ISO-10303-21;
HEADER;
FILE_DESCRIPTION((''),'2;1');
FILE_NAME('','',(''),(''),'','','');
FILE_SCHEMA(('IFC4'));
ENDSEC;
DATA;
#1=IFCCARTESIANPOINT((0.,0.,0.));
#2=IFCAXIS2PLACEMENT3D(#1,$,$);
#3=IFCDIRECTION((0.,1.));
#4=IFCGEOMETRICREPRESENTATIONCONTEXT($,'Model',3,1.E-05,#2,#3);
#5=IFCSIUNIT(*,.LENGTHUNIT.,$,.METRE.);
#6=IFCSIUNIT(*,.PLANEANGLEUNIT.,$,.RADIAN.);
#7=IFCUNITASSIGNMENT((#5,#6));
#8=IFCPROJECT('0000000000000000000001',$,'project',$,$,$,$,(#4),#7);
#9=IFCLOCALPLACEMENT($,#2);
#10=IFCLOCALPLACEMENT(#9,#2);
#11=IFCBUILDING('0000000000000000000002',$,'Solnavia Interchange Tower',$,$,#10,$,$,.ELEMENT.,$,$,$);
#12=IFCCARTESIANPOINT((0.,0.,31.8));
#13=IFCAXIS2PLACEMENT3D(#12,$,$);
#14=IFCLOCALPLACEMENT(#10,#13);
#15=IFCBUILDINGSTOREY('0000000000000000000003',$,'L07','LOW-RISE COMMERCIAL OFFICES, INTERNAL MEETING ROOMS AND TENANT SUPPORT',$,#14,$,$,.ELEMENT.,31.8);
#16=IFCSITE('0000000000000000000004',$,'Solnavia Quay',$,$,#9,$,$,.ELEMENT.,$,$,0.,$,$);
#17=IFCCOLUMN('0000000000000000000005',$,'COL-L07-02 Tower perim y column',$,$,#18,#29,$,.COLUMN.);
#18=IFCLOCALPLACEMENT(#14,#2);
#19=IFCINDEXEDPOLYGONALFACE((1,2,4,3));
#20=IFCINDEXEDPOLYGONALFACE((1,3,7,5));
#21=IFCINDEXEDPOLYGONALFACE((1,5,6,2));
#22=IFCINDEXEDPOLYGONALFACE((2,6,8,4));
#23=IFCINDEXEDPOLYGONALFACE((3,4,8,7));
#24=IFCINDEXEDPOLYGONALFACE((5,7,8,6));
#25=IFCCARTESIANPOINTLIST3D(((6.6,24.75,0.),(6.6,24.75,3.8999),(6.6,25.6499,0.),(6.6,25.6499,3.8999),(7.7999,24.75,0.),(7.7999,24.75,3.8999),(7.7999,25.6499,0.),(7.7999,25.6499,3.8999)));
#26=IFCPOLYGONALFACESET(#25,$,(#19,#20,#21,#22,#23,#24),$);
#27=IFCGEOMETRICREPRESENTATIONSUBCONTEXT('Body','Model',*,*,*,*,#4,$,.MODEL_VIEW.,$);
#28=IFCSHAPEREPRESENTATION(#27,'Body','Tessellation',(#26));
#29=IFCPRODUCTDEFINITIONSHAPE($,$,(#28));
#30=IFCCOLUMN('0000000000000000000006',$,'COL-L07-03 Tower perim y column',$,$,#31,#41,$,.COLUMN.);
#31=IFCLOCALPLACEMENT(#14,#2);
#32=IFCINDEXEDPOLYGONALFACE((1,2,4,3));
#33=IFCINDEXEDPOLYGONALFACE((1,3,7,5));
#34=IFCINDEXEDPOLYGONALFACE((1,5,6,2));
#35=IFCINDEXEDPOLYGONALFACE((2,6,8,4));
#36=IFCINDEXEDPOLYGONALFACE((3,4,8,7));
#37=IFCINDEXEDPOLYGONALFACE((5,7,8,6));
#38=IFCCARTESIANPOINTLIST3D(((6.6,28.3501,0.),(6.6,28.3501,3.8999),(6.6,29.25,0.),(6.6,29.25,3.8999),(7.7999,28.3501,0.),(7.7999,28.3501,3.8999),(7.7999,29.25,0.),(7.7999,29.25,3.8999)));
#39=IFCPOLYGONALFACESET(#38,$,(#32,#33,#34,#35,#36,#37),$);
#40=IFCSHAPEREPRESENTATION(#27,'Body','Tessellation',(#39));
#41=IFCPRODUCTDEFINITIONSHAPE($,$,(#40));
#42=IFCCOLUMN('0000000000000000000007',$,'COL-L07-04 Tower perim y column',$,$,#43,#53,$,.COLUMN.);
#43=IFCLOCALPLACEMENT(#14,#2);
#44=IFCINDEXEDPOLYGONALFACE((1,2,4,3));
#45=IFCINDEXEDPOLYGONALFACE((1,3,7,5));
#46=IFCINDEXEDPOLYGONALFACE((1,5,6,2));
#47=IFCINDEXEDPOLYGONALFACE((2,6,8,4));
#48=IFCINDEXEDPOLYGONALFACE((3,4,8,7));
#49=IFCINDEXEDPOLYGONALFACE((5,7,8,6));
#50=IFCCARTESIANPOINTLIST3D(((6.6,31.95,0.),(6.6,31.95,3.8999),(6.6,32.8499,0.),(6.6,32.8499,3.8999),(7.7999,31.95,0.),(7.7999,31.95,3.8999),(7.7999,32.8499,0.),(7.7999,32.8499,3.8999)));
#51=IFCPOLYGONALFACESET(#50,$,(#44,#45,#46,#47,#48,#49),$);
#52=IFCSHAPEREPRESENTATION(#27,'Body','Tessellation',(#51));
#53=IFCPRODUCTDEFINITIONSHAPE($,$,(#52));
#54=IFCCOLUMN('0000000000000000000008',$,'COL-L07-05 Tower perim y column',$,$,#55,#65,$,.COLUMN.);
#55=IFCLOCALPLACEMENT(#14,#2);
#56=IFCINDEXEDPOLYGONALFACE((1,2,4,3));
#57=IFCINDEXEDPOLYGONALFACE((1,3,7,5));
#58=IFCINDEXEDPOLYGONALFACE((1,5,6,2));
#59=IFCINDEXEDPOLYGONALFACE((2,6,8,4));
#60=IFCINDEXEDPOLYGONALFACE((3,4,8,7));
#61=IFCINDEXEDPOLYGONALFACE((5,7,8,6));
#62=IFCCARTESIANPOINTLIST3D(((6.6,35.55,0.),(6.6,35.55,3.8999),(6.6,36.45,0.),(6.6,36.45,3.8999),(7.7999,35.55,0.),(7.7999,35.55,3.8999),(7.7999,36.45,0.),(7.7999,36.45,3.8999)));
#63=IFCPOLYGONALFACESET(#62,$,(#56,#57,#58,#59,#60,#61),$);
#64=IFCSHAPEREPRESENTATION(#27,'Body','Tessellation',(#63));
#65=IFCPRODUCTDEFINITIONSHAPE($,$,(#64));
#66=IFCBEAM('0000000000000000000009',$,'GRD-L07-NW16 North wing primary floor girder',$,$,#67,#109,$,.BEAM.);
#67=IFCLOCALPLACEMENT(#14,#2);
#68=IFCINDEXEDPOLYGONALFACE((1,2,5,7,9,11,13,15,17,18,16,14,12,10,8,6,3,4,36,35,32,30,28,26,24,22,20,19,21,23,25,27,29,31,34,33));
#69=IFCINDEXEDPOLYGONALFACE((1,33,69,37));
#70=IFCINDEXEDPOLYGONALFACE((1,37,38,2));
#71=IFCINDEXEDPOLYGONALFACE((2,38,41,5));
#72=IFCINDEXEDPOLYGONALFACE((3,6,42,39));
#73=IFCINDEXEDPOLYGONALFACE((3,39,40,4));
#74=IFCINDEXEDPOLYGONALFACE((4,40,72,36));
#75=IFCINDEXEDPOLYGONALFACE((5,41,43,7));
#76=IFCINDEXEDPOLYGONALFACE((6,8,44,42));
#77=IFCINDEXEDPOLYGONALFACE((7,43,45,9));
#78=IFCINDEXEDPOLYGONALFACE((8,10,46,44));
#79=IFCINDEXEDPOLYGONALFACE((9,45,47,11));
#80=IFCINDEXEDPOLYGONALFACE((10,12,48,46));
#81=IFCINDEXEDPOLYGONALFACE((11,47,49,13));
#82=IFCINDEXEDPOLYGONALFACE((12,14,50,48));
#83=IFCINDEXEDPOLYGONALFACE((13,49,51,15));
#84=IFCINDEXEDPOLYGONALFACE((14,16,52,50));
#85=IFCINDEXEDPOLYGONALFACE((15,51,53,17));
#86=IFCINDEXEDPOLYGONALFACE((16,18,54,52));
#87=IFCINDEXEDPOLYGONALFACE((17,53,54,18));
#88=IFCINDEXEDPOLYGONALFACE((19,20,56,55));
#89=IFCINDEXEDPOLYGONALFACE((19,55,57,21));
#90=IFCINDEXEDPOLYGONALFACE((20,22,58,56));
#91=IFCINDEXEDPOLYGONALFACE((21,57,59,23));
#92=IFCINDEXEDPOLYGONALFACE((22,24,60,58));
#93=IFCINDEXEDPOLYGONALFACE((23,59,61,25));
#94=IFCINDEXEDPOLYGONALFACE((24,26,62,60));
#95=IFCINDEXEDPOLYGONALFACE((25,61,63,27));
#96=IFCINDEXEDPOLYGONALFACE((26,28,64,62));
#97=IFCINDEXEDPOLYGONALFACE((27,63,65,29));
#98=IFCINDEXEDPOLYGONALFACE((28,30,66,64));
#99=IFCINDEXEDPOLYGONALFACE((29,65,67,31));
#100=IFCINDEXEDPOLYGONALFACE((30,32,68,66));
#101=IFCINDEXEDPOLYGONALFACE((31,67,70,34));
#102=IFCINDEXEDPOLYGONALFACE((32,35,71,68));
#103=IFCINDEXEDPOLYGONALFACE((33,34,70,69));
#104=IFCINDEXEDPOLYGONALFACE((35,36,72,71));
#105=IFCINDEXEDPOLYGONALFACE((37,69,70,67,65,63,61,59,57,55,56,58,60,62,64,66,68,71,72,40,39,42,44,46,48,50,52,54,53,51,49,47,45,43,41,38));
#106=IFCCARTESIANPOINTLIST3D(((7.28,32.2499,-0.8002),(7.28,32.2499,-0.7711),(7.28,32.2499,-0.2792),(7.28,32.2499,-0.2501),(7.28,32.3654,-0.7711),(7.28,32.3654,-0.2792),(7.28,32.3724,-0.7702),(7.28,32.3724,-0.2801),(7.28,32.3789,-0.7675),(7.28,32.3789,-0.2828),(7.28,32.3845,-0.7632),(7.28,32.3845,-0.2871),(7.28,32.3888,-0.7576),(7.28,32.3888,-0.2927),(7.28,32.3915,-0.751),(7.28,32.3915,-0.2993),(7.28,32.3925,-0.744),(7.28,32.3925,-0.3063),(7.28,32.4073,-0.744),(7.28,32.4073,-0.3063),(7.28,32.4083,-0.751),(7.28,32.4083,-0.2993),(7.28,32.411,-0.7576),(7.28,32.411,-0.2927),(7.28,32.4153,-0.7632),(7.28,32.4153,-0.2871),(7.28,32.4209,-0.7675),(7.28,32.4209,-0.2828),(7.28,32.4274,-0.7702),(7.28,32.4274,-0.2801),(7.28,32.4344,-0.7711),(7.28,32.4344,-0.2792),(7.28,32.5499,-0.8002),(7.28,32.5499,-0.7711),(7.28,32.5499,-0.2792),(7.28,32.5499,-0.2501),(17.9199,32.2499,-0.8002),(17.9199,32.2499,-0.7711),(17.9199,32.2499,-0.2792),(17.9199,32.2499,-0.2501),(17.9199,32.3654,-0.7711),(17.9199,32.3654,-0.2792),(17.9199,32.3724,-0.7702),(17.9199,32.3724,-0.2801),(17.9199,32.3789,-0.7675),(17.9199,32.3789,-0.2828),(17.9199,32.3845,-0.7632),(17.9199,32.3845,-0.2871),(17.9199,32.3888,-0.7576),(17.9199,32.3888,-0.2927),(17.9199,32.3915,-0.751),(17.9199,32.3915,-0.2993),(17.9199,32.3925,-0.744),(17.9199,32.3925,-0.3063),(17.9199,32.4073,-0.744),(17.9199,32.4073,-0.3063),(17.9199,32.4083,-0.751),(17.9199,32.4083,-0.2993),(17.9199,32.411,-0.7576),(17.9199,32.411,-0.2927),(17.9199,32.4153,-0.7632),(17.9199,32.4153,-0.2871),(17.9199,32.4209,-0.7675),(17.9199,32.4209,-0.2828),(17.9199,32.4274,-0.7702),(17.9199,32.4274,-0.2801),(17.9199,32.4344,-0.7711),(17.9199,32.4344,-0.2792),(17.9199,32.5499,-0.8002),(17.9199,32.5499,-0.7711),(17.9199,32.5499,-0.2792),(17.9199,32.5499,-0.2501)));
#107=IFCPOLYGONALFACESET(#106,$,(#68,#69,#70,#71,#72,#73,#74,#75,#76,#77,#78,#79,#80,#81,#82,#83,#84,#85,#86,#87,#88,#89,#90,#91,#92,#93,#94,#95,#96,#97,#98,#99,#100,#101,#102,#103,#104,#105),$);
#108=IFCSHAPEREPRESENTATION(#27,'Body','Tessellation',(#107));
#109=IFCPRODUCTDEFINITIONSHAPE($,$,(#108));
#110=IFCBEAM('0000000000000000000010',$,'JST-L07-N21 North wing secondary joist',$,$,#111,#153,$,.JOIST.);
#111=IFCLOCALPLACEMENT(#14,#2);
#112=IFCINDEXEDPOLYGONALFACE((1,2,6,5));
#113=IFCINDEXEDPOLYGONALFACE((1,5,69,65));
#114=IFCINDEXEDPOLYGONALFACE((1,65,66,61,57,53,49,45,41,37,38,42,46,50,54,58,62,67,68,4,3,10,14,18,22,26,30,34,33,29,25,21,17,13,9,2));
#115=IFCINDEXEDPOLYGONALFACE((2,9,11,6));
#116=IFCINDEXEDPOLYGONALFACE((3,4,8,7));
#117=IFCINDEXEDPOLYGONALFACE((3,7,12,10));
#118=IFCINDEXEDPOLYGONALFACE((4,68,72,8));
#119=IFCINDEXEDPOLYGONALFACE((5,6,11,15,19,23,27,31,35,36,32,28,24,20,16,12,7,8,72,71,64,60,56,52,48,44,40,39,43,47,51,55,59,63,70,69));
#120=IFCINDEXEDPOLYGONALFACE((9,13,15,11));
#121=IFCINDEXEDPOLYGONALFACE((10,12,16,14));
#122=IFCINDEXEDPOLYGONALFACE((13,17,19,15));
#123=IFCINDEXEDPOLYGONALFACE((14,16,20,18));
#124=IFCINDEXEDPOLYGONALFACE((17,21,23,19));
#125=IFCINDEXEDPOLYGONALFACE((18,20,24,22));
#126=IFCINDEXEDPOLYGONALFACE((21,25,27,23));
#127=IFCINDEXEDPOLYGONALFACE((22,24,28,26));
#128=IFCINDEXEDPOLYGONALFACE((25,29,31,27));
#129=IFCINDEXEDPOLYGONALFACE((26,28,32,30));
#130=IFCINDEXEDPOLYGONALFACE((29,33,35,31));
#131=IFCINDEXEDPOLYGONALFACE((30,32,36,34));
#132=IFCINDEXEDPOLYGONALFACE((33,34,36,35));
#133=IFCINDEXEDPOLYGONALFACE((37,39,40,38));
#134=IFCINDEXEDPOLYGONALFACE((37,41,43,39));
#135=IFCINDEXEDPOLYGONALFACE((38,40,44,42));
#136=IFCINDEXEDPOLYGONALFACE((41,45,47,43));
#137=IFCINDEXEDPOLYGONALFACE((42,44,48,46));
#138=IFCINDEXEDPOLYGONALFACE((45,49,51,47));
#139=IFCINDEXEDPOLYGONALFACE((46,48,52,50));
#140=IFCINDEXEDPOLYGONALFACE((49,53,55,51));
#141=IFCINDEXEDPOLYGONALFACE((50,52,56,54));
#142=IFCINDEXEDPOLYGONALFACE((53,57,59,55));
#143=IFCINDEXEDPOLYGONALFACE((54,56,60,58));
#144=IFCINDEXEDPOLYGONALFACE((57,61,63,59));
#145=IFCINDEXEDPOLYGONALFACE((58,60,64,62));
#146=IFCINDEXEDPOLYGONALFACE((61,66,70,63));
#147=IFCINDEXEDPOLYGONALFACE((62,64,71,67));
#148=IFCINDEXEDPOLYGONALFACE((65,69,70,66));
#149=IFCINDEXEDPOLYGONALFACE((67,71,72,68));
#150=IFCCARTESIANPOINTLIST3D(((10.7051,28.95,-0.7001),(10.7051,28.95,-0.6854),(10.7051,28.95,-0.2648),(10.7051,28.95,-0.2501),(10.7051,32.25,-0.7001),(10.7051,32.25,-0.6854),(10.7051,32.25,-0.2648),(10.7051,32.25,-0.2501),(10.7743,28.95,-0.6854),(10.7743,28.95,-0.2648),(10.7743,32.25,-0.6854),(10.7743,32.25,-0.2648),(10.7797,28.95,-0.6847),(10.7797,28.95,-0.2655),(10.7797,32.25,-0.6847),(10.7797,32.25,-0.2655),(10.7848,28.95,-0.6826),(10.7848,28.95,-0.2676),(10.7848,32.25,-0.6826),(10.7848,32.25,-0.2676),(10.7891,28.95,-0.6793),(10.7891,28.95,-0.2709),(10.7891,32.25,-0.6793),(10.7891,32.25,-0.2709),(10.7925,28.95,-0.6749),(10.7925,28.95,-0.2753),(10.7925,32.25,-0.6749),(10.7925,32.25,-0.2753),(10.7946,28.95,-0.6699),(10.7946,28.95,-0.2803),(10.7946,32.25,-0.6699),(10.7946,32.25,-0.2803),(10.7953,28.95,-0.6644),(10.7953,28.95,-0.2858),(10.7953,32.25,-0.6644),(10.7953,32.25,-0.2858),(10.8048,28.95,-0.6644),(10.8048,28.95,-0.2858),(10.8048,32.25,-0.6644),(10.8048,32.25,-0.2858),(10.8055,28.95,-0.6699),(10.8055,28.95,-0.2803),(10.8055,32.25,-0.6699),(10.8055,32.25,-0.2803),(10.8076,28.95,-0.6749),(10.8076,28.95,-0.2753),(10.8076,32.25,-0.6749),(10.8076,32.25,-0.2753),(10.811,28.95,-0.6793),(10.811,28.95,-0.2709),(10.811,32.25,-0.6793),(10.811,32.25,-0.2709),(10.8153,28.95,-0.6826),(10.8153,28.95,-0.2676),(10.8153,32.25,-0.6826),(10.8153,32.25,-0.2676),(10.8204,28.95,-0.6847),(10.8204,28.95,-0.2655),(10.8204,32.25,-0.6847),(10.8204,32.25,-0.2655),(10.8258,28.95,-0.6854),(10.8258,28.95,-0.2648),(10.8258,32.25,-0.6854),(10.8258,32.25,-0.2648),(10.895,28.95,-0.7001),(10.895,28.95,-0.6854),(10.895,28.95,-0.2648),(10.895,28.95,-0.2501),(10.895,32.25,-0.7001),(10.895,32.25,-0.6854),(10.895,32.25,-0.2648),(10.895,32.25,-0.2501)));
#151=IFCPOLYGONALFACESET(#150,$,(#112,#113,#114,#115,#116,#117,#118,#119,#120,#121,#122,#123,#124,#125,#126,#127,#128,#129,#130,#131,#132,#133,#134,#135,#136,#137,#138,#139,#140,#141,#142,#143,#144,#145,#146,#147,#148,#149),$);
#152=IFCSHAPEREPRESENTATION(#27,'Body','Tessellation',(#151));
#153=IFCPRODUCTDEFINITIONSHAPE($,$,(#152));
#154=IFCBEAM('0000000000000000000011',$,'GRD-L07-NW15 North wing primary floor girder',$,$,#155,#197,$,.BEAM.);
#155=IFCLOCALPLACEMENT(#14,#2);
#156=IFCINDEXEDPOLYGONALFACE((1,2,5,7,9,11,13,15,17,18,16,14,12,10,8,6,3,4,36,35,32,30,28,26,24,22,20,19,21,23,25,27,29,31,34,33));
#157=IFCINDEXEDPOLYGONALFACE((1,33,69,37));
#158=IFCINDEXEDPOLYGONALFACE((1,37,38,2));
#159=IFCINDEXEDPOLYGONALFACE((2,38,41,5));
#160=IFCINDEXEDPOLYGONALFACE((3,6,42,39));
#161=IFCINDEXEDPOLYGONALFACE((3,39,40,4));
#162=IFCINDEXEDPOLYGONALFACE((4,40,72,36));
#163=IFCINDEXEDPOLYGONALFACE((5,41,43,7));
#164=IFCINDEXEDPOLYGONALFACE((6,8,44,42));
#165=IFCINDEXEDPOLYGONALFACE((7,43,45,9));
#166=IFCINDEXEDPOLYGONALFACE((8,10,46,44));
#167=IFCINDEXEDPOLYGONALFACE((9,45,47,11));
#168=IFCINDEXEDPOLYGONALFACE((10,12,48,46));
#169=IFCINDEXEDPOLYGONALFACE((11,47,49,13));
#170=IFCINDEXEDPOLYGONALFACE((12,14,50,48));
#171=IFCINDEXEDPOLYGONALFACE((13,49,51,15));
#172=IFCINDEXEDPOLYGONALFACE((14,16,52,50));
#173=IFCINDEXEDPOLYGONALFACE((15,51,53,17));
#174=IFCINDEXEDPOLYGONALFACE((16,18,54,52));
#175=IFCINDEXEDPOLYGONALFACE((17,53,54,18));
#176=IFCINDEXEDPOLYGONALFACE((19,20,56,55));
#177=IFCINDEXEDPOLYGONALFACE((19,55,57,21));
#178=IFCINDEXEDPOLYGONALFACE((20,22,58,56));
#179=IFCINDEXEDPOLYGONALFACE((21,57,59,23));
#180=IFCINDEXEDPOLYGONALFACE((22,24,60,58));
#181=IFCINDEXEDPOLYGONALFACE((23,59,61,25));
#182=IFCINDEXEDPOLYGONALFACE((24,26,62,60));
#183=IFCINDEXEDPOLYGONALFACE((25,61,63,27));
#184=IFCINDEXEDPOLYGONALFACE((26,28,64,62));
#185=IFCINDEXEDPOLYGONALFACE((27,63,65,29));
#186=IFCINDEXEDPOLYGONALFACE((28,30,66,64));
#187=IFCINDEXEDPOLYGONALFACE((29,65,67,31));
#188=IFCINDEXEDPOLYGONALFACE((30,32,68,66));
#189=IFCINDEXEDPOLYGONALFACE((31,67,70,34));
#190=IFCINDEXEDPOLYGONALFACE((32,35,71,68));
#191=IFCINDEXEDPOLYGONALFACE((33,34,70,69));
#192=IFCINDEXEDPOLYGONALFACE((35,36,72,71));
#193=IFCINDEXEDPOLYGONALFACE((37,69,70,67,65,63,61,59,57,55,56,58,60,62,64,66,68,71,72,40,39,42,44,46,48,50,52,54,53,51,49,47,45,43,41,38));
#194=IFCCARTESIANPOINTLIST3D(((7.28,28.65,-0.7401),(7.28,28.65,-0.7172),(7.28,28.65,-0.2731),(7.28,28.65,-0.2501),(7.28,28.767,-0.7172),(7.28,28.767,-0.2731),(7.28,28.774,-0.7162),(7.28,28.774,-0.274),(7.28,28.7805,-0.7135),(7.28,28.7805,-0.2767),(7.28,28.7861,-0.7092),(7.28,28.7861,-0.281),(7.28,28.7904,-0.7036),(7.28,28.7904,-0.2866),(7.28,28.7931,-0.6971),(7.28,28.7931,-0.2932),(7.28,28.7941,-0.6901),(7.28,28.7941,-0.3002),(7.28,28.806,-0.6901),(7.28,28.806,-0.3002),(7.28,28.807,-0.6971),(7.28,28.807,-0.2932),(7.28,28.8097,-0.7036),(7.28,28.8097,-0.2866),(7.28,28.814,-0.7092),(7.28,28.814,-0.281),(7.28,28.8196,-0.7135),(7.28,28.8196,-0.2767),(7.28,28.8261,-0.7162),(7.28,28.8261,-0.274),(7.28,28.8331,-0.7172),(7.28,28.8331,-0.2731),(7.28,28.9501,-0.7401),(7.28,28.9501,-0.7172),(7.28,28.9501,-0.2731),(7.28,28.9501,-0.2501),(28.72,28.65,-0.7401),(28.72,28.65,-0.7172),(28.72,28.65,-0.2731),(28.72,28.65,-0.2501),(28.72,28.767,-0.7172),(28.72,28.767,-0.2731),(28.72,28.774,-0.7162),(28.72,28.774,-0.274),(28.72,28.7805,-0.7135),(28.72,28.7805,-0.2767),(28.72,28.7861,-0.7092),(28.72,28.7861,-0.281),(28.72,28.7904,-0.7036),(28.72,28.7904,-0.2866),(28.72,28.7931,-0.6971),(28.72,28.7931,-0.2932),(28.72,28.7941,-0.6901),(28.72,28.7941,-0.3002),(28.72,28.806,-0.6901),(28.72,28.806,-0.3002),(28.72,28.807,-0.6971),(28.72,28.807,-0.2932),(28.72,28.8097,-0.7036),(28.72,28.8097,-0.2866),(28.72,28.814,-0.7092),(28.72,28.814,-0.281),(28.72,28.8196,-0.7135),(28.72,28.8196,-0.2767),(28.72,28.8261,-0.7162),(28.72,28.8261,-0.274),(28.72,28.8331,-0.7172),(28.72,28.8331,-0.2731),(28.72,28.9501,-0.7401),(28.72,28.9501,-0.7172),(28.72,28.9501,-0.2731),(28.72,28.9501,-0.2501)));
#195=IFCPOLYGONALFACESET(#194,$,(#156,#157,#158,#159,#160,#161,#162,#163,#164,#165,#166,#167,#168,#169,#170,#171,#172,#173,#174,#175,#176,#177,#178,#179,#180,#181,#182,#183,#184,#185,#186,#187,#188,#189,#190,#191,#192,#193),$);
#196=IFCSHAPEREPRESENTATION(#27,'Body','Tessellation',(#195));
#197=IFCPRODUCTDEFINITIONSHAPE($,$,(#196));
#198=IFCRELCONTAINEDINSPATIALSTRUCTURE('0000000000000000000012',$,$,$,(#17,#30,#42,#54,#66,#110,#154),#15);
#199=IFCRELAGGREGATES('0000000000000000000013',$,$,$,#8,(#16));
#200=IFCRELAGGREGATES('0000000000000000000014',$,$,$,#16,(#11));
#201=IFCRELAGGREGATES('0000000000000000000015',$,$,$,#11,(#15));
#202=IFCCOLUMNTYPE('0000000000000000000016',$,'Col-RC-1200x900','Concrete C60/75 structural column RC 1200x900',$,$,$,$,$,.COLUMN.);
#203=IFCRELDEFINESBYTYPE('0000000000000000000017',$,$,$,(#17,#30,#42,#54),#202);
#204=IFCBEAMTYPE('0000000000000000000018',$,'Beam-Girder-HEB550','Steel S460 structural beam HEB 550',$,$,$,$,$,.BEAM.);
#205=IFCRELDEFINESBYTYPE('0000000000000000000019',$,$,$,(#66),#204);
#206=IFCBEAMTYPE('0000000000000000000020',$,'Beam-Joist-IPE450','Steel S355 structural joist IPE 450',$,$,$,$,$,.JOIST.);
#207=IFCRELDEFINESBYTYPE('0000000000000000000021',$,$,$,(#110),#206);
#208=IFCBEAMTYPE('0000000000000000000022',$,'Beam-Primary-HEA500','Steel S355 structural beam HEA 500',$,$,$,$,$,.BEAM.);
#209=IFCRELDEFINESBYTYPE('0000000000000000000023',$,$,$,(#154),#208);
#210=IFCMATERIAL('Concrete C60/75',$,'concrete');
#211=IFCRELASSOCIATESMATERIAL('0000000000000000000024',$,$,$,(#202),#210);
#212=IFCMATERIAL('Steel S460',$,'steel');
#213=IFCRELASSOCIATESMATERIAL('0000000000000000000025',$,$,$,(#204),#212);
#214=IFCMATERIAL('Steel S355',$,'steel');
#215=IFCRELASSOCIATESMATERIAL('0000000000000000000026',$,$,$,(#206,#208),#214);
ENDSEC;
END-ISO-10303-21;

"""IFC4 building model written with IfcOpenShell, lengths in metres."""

from ifc_helpers import new_model, si_unit, direction, frame, origin, origin_2d, place, context, subcontext, project, spatial, rectangle, i_section, extrude, material, material_profile, profile_set, type_object, element, save


model = new_model("IFC4")

# Units and contexts
model_context = context("Model", 3, precision=1e-05, world=origin(), true_north=direction((0.0, 1.0)))
body_context = subcontext(model_context, "Body", "Model", "MODEL_VIEW")
ifc_project = project(units=[si_unit("LENGTHUNIT", "METRE"), si_unit("PLANEANGLEUNIT", "RADIAN")], contexts=[model_context])

# Site, building, storey
site_placement = place(None, origin())
site = spatial("IfcSite", under=ifc_project, at=site_placement, Name="Solnavia Quay", CompositionType="ELEMENT", RefElevation=0.0)
building_placement = place(site_placement, origin())
building = spatial("IfcBuilding", under=site, at=building_placement, Name="Solnavia Interchange Tower", CompositionType="ELEMENT")
storey_placement = place(building_placement, frame((0.0, 0.0, 31.8)))
storey = spatial("IfcBuildingStorey", under=building, at=storey_placement, Name="L07", Description="LOW-RISE COMMERCIAL OFFICES, INTERNAL MEETING ROOMS AND TENANT SUPPORT", CompositionType="ELEMENT", Elevation=31.8)

# Columns
ifc_material_1 = material(Name="Concrete C60/75", Category="concrete")
ifc_material_profile_1 = material_profile(ifc_material_1, rectangle(XDim=0.8999, YDim=1.2, at=origin_2d()), Name="RC 1200x900")
ifc_profile_set_1 = profile_set([ifc_material_profile_1], Name="Concrete C60/75")
column_type = type_object("IfcColumnType", Name="Col-RC-1200x900", Description="Concrete C60/75 structural column RC 1200x900", PredefinedType="COLUMN", material=ifc_profile_set_1)
for number, where, z_axis, x_axis, name in (
    (1, (7.2, 25.2, 0.0), (0.0, 0.0, 1.0), (0.0, 1.0, 0.0), "COL-L07-02 Tower perim y column"),
    (2, (7.2, 28.8, 0.0), (0.0, 0.0, 1.0), (0.0, 1.0, 0.0), "COL-L07-03 Tower perim y column"),
    (3, (7.2, 32.3999, 0.0), (0.0, 0.0, 1.0), (0.0, 1.0, 0.0), "COL-L07-04 Tower perim y column"),
    (4, (7.2, 36.0, 0.0), (0.0, 0.0, 1.0), (0.0, 1.0, 0.0), "COL-L07-05 Tower perim y column"),
):
    element("IfcColumn", number, at=place(storey_placement, frame(where, z_axis=z_axis, x_axis=x_axis)), inside=storey, type_object=column_type, Name=name, PredefinedType="COLUMN", context=body_context, shape_type="SweptSolid", body=[
        extrude(rectangle(XDim=0.8999, YDim=1.2, at=origin_2d()), origin(), (0.0, 0.0, 1.0), 3.8999),
    ])

# Beams
ifc_material_2 = material(Name="Steel S460", Category="steel")
ifc_material_profile_2 = material_profile(ifc_material_2, i_section(OverallWidth=0.3, OverallDepth=0.55, WebThickness=0.0149, FlangeThickness=0.0291, FilletRadius=0.0271, at=origin_2d()), Name="HEB 550")
ifc_profile_set_2 = profile_set([ifc_material_profile_2], Name="Steel S460")
beam_type_1 = type_object("IfcBeamType", Name="Beam-Girder-HEB550", Description="Steel S460 structural beam HEB 550", PredefinedType="BEAM", material=ifc_profile_set_2)
beam_1_placement = place(storey_placement, frame((7.28, 32.3999, -0.5251), z_axis=(1.0, 0.0, 0.0), x_axis=(0.0, 1.0, 0.0)))
element("IfcBeam", 5, at=beam_1_placement, inside=storey, type_object=beam_type_1, Name="GRD-L07-NW16 North wing primary floor girder", PredefinedType="BEAM", context=body_context, shape_type="SweptSolid", body=[
    extrude(i_section(OverallWidth=0.3, OverallDepth=0.55, WebThickness=0.0149, FlangeThickness=0.0291, FilletRadius=0.0271, at=origin_2d()), origin(), (0.0, 0.0, 1.0), 10.6399),
])
ifc_material_3 = material(Name="Steel S355", Category="steel")
ifc_material_profile_3 = material_profile(ifc_material_3, i_section(OverallWidth=0.1899, OverallDepth=0.45, WebThickness=0.0095, FlangeThickness=0.0146, FilletRadius=0.021, at=origin_2d()), Name="IPE 450")
ifc_profile_set_3 = profile_set([ifc_material_profile_3], Name="Steel S355")
beam_type_2 = type_object("IfcBeamType", Name="Beam-Joist-IPE450", Description="Steel S355 structural joist IPE 450", PredefinedType="JOIST", material=ifc_profile_set_3)
beam_2_placement = place(storey_placement, frame((10.8, 28.95, -0.4751), z_axis=(0.0, 1.0, 0.0), x_axis=(-1.0, 0.0, 0.0)))
element("IfcBeam", 6, at=beam_2_placement, inside=storey, type_object=beam_type_2, Name="JST-L07-N21 North wing secondary joist", PredefinedType="JOIST", context=body_context, shape_type="SweptSolid", body=[
    extrude(i_section(OverallWidth=0.1899, OverallDepth=0.45, WebThickness=0.0095, FlangeThickness=0.0146, FilletRadius=0.021, at=origin_2d()), origin(), (0.0, 0.0, 1.0), 3.3),
])
ifc_material_profile_4 = material_profile(ifc_material_3, i_section(OverallWidth=0.3, OverallDepth=0.49, WebThickness=0.012, FlangeThickness=0.0229, FilletRadius=0.0271, at=origin_2d()), Name="HEA 500")
ifc_profile_set_4 = profile_set([ifc_material_profile_4], Name="Steel S355")
beam_type_3 = type_object("IfcBeamType", Name="Beam-Primary-HEA500", Description="Steel S355 structural beam HEA 500", PredefinedType="BEAM", material=ifc_profile_set_4)
for number, where, z_axis, x_axis, name in (
    (7, (7.28, 28.8, -0.4951), (1.0, 0.0, 0.0), (0.0, 1.0, 0.0), "GRD-L07-NW15 North wing primary floor girder"),
):
    element("IfcBeam", number, at=place(storey_placement, frame(where, z_axis=z_axis, x_axis=x_axis)), inside=storey, type_object=beam_type_3, Name=name, PredefinedType="BEAM", context=body_context, shape_type="SweptSolid", body=[
        extrude(i_section(OverallWidth=0.3, OverallDepth=0.49, WebThickness=0.012, FlangeThickness=0.0229, FilletRadius=0.0271, at=origin_2d()), origin(), (0.0, 0.0, 1.0), 21.4399),
    ])

save(model, "model.ifc")
